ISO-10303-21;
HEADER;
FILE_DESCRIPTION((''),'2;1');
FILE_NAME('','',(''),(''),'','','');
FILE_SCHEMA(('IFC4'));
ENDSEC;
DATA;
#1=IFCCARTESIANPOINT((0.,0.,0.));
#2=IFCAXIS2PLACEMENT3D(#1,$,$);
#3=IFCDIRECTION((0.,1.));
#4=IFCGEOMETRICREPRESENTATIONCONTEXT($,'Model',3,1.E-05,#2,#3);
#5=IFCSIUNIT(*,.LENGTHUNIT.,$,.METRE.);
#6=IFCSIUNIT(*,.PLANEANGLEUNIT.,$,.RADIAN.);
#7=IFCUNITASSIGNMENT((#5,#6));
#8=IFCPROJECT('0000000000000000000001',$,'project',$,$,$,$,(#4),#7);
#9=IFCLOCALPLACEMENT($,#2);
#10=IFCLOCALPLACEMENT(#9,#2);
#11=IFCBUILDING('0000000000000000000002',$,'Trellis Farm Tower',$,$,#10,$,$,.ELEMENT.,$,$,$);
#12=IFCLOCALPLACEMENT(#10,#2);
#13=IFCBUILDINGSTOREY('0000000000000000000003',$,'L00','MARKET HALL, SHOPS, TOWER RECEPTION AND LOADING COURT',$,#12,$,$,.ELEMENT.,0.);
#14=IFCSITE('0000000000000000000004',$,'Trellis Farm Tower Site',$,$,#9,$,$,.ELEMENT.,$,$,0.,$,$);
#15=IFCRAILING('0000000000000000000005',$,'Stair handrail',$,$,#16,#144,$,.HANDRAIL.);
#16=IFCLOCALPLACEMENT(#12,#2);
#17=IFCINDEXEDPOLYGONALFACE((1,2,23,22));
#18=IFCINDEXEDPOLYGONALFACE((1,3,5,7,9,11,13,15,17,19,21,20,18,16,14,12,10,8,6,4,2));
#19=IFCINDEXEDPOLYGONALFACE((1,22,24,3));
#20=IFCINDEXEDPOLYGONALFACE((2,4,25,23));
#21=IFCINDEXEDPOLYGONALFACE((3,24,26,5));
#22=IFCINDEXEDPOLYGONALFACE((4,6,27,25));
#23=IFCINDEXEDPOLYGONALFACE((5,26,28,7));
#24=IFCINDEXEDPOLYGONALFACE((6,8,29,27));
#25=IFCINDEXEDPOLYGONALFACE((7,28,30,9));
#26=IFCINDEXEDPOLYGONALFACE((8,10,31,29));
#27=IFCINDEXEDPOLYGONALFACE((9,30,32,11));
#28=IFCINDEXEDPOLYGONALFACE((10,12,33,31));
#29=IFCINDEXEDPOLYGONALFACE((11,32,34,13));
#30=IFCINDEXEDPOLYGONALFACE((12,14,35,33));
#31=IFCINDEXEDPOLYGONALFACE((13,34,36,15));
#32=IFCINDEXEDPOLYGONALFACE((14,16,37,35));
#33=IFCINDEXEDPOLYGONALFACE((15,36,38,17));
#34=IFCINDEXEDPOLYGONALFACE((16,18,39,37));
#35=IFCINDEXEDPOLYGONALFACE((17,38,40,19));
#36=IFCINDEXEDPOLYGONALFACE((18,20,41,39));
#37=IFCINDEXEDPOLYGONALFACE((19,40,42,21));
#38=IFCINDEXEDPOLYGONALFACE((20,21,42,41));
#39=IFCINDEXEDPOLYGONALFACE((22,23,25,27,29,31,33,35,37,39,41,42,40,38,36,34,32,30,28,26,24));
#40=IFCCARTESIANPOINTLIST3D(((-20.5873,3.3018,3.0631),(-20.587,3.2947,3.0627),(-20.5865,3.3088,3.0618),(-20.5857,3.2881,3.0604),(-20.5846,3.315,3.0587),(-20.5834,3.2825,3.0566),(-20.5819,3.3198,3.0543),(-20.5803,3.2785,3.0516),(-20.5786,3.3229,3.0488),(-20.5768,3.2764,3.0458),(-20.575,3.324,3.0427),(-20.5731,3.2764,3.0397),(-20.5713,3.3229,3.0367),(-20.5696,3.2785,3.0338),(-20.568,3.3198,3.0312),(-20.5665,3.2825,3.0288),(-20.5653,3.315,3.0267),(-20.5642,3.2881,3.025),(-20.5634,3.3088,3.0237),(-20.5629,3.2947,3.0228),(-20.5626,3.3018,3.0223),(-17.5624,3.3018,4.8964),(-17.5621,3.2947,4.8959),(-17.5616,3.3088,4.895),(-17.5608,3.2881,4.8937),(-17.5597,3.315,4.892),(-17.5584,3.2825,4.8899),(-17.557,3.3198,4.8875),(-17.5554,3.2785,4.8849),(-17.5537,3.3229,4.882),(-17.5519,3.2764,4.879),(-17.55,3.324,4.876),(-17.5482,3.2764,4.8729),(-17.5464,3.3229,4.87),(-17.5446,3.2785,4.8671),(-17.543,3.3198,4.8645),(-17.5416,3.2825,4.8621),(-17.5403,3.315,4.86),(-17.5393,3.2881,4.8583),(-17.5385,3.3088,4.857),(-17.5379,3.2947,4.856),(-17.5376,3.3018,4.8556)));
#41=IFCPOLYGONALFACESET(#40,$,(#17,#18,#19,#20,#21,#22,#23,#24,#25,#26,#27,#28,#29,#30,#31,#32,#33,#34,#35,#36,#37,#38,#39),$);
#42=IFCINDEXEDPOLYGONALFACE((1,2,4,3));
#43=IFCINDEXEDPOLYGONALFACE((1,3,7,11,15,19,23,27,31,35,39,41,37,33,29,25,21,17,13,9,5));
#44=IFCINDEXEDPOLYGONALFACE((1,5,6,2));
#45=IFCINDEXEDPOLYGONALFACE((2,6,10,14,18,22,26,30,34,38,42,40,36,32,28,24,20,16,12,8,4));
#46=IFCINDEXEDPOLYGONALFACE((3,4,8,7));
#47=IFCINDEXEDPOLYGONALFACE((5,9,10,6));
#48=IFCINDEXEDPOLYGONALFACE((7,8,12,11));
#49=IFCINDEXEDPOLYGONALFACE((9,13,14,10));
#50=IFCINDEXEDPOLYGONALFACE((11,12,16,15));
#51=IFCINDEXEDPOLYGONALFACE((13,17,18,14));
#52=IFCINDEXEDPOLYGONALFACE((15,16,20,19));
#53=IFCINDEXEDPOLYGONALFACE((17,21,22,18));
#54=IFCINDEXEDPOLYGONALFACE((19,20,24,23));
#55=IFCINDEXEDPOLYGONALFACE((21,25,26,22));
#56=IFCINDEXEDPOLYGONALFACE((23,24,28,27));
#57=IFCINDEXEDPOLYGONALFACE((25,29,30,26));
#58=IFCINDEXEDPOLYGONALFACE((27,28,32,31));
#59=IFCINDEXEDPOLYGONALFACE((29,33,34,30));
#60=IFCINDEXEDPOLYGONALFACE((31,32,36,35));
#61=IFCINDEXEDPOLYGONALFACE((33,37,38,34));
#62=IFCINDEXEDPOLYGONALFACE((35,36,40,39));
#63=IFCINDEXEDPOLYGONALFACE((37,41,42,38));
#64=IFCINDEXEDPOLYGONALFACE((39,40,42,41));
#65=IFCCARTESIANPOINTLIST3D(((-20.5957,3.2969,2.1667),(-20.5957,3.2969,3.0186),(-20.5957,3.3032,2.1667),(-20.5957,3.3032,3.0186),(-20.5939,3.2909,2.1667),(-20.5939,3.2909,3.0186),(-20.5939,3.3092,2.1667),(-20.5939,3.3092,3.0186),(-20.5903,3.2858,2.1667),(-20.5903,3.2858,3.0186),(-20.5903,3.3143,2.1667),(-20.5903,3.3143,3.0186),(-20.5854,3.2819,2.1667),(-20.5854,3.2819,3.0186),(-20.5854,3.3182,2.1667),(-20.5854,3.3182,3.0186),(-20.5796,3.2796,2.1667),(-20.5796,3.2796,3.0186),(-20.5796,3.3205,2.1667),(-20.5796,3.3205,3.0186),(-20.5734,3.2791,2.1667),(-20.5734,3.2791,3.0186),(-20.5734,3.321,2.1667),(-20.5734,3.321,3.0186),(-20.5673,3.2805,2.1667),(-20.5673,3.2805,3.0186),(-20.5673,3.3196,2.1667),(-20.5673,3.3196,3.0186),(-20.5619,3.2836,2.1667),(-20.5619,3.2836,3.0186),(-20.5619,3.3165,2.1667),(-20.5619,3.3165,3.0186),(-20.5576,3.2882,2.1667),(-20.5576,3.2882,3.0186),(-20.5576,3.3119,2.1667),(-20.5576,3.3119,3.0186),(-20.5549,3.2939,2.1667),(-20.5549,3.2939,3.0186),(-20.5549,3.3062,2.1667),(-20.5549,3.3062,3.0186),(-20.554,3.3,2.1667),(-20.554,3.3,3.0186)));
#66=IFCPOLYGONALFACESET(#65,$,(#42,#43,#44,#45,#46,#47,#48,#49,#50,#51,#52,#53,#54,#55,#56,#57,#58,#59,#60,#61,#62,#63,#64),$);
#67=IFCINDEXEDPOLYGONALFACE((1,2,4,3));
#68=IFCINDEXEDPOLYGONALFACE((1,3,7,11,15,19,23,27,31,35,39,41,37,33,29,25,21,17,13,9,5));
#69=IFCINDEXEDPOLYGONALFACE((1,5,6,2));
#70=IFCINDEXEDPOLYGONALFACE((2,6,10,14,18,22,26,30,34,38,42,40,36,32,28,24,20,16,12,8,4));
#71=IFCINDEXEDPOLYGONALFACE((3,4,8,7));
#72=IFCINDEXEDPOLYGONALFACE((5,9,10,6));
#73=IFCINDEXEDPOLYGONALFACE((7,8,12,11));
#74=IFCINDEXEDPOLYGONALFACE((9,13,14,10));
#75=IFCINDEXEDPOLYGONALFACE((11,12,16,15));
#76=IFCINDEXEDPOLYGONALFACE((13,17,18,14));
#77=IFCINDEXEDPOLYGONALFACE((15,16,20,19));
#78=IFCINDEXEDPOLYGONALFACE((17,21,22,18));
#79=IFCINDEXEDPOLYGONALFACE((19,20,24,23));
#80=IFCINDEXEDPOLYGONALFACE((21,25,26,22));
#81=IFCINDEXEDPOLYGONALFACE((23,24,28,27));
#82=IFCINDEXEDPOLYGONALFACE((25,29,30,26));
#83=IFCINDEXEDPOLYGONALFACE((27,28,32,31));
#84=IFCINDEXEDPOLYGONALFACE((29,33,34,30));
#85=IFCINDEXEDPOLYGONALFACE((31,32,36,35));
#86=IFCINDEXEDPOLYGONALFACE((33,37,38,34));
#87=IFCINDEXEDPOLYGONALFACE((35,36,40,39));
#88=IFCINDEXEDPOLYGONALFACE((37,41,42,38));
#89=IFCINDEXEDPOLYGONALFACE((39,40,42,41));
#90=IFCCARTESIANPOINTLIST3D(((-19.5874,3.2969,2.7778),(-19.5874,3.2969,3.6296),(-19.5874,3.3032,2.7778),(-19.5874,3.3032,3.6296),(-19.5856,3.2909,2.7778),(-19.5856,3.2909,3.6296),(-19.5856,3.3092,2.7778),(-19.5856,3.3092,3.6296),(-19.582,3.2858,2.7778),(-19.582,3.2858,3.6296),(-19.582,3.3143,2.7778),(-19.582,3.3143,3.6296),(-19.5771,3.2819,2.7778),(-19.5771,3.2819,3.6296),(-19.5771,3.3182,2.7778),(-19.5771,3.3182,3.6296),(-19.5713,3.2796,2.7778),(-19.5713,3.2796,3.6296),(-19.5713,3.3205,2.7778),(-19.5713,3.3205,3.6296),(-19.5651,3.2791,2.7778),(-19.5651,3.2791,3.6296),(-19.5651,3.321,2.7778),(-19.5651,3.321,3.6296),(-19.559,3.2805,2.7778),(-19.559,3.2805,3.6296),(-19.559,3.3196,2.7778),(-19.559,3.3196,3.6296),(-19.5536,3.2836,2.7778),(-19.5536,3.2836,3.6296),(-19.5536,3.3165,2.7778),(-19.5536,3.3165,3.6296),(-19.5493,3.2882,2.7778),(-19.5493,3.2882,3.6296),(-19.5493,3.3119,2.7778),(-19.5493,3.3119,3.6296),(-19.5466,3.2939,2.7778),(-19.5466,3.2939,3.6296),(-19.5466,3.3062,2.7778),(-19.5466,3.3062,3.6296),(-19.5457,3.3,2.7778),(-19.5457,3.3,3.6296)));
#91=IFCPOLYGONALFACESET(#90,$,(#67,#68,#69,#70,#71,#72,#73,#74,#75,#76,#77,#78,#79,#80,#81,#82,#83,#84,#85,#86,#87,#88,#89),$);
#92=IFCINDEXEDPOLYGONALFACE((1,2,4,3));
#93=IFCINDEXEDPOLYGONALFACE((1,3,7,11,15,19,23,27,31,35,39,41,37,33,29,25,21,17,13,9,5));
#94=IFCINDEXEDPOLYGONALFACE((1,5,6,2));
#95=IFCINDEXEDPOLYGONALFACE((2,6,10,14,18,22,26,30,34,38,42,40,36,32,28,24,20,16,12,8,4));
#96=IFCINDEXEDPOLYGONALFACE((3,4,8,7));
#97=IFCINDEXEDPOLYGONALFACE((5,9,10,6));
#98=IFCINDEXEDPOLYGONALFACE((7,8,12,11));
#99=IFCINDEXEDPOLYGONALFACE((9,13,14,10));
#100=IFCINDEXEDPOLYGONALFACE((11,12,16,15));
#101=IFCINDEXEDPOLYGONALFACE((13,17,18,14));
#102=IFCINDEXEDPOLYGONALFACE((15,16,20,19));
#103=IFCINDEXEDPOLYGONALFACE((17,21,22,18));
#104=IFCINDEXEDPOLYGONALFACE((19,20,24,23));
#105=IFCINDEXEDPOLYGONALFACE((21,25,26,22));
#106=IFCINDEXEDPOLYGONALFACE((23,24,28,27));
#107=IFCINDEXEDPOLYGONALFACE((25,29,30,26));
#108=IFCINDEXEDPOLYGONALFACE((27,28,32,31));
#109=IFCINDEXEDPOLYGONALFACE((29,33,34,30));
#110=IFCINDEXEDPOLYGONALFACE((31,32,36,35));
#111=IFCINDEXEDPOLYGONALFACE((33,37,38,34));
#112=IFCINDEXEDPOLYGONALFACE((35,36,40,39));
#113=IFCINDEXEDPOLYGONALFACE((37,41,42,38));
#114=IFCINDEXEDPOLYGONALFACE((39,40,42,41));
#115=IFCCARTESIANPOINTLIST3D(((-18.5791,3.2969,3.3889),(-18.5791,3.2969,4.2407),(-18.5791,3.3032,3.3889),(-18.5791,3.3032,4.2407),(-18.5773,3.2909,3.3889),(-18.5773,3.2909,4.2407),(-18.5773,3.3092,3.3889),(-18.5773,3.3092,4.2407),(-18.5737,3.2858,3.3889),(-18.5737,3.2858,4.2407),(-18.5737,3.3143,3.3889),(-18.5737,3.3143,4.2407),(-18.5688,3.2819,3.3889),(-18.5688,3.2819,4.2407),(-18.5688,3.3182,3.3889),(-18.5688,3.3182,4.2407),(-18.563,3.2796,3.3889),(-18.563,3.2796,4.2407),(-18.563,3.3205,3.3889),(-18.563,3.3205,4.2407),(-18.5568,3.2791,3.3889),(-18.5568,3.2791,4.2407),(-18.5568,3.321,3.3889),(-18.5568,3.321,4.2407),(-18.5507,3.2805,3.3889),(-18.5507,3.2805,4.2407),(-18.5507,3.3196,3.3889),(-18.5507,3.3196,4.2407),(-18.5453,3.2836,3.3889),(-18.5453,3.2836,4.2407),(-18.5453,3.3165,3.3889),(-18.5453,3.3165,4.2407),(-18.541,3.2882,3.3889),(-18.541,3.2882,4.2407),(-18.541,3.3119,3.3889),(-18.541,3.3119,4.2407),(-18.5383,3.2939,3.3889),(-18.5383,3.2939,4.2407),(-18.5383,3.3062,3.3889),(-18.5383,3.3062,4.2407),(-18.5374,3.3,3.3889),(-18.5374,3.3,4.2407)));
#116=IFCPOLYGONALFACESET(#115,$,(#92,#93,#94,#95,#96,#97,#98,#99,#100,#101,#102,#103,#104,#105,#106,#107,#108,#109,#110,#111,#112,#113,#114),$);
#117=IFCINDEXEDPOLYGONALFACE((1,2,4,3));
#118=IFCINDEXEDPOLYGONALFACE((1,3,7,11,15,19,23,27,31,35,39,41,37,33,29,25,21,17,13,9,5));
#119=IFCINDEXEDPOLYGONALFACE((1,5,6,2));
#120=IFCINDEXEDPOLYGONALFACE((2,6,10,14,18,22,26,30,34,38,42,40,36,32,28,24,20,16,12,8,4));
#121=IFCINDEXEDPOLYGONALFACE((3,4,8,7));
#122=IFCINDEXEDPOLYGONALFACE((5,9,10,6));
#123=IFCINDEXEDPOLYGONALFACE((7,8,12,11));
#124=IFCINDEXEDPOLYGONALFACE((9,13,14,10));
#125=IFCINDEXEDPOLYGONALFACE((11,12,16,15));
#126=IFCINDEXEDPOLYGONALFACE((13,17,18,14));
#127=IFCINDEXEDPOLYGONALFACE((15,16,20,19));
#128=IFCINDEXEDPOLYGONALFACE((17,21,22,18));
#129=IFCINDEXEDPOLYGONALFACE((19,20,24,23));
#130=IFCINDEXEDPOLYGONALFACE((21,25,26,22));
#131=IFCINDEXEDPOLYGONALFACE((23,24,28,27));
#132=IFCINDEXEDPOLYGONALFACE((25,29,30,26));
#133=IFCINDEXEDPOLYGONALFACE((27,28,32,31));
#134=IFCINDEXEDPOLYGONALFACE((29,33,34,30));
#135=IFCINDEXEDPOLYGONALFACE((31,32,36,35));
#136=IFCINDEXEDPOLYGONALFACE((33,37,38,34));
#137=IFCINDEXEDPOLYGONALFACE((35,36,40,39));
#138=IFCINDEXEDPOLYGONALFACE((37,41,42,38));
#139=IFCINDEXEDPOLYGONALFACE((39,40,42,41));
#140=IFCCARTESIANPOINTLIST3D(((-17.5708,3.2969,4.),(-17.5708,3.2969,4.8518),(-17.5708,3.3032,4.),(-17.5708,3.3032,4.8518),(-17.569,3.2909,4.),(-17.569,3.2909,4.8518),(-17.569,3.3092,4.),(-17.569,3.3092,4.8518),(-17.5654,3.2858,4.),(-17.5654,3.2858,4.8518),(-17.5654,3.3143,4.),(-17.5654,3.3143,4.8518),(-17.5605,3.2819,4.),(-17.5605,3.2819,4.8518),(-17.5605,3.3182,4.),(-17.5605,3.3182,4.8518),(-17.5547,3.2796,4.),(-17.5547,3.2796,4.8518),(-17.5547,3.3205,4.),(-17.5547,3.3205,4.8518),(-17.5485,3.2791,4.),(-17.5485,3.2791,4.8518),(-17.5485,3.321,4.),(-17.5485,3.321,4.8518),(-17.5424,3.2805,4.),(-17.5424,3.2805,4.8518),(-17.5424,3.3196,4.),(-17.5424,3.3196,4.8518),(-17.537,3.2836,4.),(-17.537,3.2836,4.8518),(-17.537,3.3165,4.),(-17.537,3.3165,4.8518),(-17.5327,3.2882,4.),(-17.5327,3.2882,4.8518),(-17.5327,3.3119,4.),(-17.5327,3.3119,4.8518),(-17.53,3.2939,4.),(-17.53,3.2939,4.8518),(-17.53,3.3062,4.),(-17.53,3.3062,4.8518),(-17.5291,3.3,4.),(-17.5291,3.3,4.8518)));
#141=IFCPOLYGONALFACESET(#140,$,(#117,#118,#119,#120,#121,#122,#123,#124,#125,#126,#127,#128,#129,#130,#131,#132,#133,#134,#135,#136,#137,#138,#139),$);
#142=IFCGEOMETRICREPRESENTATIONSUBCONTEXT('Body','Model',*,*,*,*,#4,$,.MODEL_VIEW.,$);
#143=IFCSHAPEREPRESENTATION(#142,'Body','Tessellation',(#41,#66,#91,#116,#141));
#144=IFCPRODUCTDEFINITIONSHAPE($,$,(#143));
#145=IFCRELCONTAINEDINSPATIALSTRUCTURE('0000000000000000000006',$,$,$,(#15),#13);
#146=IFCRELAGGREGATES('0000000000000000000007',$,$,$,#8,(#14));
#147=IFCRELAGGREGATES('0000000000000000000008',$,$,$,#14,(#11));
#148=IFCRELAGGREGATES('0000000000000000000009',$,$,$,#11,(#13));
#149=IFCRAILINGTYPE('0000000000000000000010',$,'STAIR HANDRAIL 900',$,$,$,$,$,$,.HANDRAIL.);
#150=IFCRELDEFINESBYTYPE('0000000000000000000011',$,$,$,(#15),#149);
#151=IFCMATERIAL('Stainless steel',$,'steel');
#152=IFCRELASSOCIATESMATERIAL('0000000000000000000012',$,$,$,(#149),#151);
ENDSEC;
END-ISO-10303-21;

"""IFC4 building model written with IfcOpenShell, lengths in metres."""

from ifc_helpers import new_model, si_unit, direction, frame, origin, origin_2d, place, context, subcontext, project, spatial, circle, extrude, source, transform, mapped, material, type_object, element, save


model = new_model("IFC4")

# Units and contexts
model_context = context("Model", 3, precision=1e-05, world=origin(), true_north=direction((0.0, 1.0)))
body_context = subcontext(model_context, "Body", "Model", "MODEL_VIEW")
ifc_project = project(units=[si_unit("LENGTHUNIT", "METRE"), si_unit("PLANEANGLEUNIT", "RADIAN")], contexts=[model_context])

# Site, building, storey
site_placement = place(None, origin())
site = spatial("IfcSite", under=ifc_project, at=site_placement, Name="Trellis Farm Tower Site", CompositionType="ELEMENT", RefElevation=0.0)
building_placement = place(site_placement, origin())
building = spatial("IfcBuilding", under=site, at=building_placement, Name="Trellis Farm Tower", CompositionType="ELEMENT")
storey_placement = place(building_placement, origin())
storey = spatial("IfcBuildingStorey", under=building, at=storey_placement, Name="L00", Description="MARKET HALL, SHOPS, TOWER RECEPTION AND LOADING COURT", CompositionType="ELEMENT", Elevation=0.0)

# Railing
ifc_material_1 = material(Name="Stainless steel", Category="steel")
railing_type = type_object("IfcRailingType", Name="STAIR HANDRAIL 900", PredefinedType="HANDRAIL", material=ifc_material_1)
shared_shape_1 = source(origin(), body_context, "Body", "SweptSolid", [
    extrude(circle(Radius=0.0239, at=origin_2d()), frame((0.0, 0.0, 0.876), z_axis=(0.855201, 0.0, 0.518297), x_axis=(0.0, 1.0, 0.0)), (0.0, 0.0, 1.0), 3.5371),
    extrude(circle(Radius=0.021, at=origin_2d()), origin(), (0.0, 0.0, 1.0), 0.8518),
    extrude(circle(Radius=0.021, at=origin_2d()), frame((1.0083, 0.0, 0.6111)), (0.0, 0.0, 1.0), 0.8518),
    extrude(circle(Radius=0.021, at=origin_2d()), frame((2.0166, 0.0, 1.2222)), (0.0, 0.0, 1.0), 0.8518),
    extrude(circle(Radius=0.021, at=origin_2d()), frame((3.0249, 0.0, 1.8333)), (0.0, 0.0, 1.0), 0.8518),
])
for number, where, name in (
    (1, (-20.575, 3.3, 2.1667), "Stair handrail"),
):
    element("IfcRailing", number, at=place(storey_placement, frame(where)), inside=storey, type_object=railing_type, Name=name, PredefinedType="HANDRAIL", context=body_context, shape_type="MappedRepresentation", body=[
        mapped(shared_shape_1, transform((0.0, 0.0, 0.0))),
    ])

save(model, "model.ifc")
